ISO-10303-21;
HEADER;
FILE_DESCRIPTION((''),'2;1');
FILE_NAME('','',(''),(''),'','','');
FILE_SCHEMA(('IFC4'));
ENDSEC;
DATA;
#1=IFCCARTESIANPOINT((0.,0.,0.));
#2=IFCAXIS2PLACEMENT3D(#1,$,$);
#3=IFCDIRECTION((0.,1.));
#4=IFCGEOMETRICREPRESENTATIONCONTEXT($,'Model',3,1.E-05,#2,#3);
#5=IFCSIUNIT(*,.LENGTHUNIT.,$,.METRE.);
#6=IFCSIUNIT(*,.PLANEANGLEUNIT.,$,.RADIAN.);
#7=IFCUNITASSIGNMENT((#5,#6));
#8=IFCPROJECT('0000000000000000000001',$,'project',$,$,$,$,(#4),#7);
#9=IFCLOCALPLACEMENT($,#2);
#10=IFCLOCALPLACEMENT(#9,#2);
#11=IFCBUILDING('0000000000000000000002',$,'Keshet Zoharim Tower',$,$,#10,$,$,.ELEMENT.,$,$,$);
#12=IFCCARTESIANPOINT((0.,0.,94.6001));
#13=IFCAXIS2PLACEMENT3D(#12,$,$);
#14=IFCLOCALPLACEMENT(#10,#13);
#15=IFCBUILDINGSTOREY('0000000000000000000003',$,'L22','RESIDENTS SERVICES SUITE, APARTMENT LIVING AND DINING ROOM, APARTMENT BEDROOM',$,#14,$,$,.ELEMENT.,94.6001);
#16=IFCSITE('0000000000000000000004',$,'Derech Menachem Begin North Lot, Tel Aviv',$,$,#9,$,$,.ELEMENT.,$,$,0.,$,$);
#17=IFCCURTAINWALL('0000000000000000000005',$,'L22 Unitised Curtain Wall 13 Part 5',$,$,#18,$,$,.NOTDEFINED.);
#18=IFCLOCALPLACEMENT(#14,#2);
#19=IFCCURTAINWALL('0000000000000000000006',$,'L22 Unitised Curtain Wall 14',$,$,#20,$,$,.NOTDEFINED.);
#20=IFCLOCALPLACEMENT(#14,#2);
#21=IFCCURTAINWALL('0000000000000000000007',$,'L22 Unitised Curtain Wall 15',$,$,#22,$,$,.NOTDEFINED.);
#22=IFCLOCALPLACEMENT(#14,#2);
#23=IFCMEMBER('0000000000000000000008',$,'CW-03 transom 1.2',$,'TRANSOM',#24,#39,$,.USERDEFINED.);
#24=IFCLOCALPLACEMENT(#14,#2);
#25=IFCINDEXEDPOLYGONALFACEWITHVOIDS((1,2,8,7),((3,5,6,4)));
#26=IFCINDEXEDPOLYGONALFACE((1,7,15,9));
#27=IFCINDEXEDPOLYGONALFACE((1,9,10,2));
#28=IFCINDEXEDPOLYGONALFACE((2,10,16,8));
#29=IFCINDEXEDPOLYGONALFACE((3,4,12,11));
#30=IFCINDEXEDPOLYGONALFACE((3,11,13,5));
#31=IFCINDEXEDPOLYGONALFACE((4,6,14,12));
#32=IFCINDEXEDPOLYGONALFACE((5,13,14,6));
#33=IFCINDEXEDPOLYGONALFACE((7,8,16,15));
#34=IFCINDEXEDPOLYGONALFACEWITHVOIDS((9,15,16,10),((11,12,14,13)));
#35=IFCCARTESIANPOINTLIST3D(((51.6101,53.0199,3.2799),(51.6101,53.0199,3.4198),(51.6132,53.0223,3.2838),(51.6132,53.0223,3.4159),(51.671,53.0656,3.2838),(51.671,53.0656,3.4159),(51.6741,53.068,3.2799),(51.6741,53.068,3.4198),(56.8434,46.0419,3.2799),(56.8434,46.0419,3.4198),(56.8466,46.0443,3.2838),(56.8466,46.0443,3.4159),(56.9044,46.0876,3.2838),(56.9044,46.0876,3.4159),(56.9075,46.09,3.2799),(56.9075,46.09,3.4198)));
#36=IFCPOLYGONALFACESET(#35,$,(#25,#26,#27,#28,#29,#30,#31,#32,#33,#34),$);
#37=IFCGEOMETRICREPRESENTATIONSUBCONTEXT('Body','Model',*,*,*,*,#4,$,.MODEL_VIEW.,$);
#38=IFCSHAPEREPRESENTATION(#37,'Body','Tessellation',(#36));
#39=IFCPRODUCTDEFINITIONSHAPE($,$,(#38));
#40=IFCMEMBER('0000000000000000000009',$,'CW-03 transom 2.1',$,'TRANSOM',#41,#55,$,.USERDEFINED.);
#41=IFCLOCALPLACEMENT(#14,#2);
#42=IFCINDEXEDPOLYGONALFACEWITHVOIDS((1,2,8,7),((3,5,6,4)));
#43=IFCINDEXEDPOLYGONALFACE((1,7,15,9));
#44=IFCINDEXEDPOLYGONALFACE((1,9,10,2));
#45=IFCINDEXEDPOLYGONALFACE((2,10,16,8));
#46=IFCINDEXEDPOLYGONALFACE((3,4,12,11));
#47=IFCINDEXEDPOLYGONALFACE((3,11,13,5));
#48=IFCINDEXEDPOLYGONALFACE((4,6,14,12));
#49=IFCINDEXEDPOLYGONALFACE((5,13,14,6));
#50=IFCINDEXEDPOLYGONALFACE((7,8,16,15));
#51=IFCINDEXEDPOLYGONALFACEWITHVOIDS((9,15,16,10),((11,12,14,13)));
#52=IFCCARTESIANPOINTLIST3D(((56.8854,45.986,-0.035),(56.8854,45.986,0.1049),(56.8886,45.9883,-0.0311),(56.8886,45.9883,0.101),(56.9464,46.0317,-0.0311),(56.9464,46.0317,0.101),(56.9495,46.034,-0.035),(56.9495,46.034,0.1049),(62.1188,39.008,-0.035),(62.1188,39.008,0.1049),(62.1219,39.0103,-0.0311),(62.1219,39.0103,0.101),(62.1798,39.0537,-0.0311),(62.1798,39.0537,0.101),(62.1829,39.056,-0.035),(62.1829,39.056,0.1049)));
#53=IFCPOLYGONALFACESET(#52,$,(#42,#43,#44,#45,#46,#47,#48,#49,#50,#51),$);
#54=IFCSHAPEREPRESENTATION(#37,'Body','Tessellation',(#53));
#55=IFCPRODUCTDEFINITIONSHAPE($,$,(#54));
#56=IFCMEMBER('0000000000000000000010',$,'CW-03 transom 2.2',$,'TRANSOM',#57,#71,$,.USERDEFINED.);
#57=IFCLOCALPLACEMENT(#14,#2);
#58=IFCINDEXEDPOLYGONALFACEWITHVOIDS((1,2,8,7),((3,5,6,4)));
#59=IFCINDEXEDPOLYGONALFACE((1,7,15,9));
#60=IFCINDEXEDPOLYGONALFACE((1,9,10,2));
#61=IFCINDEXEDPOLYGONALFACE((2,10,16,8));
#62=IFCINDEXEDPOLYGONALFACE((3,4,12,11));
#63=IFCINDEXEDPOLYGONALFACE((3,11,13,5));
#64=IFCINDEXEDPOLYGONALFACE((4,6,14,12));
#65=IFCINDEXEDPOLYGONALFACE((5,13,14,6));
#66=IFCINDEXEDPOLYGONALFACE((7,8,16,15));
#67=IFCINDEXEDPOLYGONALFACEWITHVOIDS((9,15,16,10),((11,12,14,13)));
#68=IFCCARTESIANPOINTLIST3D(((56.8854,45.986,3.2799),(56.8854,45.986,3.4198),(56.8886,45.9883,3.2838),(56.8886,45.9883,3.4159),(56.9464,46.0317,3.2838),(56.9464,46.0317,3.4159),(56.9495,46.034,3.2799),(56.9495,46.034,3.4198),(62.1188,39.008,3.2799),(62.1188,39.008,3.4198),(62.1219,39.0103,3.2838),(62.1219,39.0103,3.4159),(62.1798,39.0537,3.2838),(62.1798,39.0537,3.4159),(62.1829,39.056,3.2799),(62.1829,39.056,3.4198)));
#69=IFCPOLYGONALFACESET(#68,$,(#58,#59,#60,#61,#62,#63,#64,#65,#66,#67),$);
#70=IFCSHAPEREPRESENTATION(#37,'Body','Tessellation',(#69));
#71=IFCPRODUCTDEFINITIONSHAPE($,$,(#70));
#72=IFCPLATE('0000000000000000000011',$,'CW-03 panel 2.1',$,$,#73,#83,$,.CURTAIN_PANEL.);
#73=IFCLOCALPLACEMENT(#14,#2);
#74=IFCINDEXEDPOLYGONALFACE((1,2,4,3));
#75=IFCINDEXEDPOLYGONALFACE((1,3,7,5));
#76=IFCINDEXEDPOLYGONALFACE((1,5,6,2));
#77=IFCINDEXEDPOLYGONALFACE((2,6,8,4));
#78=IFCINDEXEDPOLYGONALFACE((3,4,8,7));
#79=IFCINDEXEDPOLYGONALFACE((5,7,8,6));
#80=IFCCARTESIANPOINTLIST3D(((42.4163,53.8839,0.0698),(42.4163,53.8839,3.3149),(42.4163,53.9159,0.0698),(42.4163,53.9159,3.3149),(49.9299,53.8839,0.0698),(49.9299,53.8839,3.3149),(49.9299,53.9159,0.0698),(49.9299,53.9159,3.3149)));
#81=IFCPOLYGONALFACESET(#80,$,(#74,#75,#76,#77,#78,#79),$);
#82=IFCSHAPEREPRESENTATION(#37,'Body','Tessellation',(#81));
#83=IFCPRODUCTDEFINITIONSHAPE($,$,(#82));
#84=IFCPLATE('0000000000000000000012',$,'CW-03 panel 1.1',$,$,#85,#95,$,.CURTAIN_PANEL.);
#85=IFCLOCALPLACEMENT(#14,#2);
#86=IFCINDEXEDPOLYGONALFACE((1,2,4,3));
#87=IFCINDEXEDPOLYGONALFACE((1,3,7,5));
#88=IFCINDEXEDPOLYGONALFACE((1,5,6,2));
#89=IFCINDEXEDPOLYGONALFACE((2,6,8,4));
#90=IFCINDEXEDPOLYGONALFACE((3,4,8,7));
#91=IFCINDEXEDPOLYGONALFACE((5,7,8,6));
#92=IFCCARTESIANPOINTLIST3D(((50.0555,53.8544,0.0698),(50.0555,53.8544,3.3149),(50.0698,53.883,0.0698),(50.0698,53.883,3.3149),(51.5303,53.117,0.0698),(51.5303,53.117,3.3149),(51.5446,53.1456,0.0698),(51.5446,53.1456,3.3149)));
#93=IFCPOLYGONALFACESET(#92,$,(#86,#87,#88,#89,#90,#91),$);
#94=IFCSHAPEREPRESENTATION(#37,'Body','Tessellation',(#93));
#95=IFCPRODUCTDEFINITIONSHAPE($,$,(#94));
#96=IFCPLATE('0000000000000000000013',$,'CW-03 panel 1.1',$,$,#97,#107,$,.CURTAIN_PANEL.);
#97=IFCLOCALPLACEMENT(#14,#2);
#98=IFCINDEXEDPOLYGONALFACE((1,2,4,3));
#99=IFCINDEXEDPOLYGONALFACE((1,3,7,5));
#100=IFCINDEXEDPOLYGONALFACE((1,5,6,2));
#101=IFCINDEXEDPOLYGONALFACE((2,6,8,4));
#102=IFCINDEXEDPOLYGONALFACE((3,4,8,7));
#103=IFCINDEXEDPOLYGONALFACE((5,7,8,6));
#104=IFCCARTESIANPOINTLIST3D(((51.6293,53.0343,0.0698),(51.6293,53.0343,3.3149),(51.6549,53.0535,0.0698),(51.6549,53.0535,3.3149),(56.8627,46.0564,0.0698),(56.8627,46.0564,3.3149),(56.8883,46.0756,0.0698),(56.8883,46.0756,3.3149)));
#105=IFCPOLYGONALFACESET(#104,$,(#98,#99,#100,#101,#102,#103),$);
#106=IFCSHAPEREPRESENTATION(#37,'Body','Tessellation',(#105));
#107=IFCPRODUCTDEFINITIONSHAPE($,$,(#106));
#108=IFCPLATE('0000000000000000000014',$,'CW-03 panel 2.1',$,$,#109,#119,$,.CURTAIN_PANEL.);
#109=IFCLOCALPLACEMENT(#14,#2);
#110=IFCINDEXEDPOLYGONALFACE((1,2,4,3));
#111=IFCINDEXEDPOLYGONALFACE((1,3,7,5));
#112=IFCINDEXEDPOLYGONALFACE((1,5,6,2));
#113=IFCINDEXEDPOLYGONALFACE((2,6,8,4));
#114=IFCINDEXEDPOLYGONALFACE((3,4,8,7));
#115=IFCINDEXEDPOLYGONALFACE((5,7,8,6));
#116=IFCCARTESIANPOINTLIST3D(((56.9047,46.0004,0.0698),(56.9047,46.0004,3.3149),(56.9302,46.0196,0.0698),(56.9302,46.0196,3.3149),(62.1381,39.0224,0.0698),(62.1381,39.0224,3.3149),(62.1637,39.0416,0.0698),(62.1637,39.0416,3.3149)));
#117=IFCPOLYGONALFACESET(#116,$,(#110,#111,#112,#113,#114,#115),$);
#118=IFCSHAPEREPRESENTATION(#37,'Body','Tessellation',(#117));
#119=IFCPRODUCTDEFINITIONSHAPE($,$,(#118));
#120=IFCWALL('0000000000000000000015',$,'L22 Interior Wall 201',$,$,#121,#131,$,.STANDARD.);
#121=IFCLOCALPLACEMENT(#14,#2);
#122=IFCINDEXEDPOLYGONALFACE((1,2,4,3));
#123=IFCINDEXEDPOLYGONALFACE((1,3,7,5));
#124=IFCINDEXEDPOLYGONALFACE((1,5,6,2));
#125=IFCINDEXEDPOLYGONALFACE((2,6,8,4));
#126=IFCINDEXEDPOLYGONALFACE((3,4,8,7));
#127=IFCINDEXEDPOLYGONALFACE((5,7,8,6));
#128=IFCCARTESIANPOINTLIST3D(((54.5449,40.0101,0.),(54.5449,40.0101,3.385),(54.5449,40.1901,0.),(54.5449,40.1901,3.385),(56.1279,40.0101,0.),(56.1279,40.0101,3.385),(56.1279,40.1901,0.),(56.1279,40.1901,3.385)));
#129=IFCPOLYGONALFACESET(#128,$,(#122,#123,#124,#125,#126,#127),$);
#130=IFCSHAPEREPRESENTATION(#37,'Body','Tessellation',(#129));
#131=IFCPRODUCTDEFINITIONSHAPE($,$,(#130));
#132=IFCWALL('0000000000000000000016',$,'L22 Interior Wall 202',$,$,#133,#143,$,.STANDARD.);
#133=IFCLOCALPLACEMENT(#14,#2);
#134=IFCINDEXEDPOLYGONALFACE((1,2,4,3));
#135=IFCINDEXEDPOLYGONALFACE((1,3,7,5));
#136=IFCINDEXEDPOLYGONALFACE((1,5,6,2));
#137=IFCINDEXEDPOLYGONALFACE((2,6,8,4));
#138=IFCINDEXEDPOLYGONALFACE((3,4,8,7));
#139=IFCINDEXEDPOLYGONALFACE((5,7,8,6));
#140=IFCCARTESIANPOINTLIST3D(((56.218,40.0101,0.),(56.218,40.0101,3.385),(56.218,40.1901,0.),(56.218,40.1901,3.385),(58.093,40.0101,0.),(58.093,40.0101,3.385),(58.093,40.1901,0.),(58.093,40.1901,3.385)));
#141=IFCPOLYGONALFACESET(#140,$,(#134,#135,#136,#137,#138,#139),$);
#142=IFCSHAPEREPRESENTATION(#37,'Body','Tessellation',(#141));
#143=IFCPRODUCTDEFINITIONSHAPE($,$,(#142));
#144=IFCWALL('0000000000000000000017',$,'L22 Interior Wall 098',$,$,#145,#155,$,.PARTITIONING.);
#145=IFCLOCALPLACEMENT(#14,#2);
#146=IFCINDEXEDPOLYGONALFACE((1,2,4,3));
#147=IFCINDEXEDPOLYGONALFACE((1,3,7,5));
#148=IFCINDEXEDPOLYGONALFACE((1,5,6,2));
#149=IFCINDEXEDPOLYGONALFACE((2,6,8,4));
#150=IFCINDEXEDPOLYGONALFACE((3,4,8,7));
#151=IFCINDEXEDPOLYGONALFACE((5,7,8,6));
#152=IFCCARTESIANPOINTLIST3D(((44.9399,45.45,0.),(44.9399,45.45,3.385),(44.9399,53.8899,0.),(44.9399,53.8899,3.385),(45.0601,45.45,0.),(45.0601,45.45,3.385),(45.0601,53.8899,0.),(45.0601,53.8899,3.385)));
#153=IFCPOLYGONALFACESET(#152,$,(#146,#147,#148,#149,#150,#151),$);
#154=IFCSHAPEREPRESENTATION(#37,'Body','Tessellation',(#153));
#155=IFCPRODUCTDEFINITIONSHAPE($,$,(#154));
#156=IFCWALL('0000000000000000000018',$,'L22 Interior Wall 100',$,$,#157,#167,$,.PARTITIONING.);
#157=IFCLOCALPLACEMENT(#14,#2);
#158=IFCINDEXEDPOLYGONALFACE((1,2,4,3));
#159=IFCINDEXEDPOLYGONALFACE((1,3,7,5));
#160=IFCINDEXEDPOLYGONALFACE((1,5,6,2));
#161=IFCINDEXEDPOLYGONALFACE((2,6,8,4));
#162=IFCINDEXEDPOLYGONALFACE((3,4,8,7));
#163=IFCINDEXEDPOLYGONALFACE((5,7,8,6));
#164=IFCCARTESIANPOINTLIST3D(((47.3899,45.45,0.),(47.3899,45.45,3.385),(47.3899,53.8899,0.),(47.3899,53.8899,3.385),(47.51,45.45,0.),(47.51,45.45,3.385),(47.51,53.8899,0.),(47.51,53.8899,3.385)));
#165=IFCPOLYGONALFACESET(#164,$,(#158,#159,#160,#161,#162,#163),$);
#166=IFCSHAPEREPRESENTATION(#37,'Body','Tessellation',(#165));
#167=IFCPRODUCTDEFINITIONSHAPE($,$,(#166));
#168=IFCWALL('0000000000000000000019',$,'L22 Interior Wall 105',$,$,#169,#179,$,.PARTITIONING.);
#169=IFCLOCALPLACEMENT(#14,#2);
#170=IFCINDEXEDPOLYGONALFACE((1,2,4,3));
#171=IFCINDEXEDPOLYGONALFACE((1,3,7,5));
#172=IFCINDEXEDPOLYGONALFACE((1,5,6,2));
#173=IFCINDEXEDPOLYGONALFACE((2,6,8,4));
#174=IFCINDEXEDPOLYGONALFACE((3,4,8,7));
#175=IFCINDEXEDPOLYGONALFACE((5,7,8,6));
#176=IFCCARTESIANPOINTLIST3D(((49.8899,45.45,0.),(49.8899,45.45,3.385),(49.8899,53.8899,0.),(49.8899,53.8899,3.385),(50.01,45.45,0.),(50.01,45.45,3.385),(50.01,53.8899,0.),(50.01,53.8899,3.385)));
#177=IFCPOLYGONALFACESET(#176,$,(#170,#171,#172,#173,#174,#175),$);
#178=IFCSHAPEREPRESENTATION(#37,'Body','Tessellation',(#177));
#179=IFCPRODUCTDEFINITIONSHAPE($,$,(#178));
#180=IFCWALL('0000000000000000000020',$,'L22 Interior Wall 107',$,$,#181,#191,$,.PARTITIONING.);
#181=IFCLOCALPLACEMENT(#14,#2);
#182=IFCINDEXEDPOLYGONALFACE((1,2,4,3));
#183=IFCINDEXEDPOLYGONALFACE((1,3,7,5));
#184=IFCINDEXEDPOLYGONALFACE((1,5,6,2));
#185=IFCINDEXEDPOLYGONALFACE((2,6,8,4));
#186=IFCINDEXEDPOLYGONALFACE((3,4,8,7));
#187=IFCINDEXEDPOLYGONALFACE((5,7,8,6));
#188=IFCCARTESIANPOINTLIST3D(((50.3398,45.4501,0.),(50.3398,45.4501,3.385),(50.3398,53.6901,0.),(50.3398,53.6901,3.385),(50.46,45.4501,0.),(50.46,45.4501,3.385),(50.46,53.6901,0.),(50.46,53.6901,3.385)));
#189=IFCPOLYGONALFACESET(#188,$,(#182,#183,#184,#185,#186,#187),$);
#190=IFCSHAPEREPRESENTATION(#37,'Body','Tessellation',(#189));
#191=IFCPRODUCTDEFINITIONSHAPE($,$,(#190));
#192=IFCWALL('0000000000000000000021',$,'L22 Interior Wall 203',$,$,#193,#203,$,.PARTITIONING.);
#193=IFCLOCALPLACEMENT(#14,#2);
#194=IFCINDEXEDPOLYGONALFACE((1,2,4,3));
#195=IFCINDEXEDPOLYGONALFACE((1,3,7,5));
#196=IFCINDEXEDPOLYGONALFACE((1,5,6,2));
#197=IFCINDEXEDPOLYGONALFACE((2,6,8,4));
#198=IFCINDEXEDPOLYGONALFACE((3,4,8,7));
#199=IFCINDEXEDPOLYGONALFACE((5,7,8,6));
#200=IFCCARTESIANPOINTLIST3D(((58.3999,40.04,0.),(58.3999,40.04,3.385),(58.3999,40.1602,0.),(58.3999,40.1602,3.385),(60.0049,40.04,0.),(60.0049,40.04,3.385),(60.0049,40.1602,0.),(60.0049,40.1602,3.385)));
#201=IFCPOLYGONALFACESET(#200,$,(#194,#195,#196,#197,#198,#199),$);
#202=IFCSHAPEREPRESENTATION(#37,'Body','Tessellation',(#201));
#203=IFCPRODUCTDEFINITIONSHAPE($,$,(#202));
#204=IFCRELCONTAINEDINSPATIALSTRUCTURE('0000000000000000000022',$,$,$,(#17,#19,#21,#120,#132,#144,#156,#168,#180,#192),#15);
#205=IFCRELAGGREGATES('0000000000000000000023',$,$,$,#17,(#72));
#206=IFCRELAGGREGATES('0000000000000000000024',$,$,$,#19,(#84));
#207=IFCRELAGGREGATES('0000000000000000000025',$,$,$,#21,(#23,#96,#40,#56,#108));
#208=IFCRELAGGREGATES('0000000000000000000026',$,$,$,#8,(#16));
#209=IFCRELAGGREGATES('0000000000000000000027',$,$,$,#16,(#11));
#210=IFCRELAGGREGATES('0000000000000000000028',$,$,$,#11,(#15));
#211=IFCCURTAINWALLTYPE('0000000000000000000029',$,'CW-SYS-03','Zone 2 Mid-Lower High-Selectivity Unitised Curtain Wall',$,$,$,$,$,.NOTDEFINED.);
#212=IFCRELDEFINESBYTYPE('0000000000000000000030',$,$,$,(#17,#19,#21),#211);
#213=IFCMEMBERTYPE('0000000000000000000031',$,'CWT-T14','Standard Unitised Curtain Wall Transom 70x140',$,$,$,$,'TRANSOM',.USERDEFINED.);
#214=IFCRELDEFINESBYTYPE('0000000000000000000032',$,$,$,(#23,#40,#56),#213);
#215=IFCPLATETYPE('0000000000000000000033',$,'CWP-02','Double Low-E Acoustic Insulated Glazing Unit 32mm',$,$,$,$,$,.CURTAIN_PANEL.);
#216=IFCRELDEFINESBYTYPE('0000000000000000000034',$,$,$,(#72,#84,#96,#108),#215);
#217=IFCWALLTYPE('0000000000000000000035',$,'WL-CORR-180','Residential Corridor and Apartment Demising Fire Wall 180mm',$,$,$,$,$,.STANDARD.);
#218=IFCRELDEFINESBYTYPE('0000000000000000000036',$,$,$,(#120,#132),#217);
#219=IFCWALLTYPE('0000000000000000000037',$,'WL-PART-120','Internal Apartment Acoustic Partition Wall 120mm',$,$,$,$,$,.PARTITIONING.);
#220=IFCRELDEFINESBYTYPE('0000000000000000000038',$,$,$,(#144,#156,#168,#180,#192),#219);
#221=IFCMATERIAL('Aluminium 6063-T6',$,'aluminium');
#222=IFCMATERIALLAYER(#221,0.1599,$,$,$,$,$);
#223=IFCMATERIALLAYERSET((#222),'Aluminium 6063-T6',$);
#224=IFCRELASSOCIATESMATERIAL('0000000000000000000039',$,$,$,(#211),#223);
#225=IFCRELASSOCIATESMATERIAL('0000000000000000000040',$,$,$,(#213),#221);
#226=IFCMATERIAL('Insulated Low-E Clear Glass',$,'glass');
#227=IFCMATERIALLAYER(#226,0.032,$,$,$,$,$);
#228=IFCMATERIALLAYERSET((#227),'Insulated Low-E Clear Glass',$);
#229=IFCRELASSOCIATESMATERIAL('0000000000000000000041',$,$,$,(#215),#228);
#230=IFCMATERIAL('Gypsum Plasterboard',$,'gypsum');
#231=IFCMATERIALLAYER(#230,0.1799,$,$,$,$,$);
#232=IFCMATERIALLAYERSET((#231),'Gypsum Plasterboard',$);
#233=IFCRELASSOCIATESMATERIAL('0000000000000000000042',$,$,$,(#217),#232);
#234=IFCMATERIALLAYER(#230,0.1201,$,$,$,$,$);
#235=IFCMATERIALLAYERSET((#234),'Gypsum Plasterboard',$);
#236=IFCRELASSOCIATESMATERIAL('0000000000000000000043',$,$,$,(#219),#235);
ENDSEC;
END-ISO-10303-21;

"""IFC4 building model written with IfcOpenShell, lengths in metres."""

from ifc_helpers import new_model, si_unit, direction, frame, frame_2d, origin, origin_2d, place, context, subcontext, project, spatial, rectangle, hollow_rectangle, extrude, material, layer, layer_set, material_profile, profile_set, type_object, element, aggregate, save


model = new_model("IFC4")

# Units and contexts
model_context = context("Model", 3, precision=1e-05, world=origin(), true_north=direction((0.0, 1.0)))
body_context = subcontext(model_context, "Body", "Model", "MODEL_VIEW")
ifc_project = project(units=[si_unit("LENGTHUNIT", "METRE"), si_unit("PLANEANGLEUNIT", "RADIAN")], contexts=[model_context])

# Site, building, storey
site_placement = place(None, origin())
site = spatial("IfcSite", under=ifc_project, at=site_placement, Name="Derech Menachem Begin North Lot, Tel Aviv", CompositionType="ELEMENT", RefElevation=0.0)
building_placement = place(site_placement, origin())
building = spatial("IfcBuilding", under=site, at=building_placement, Name="Keshet Zoharim Tower", CompositionType="ELEMENT")
storey_placement = place(building_placement, frame((0.0, 0.0, 94.6001)))
storey = spatial("IfcBuildingStorey", under=building, at=storey_placement, Name="L22", Description="RESIDENTS SERVICES SUITE, APARTMENT LIVING AND DINING ROOM, APARTMENT BEDROOM", CompositionType="ELEMENT", Elevation=94.6001)

# Curtain wall
ifc_material_1 = material(Name="Aluminium 6063-T6", Category="aluminium")
ifc_layer_1 = layer(ifc_material_1, 0.1599)
ifc_layer_set_1 = layer_set([ifc_layer_1], Name="Aluminium 6063-T6")
curtain_wall_type = type_object("IfcCurtainWallType", Name="CW-SYS-03", Description="Zone 2 Mid-Lower High-Selectivity Unitised Curtain Wall", PredefinedType="NOTDEFINED", material=ifc_layer_set_1)
curtain_wall_1_placement = place(storey_placement, origin())
curtain_wall_1 = element("IfcCurtainWall", 1, at=curtain_wall_1_placement, inside=storey, type_object=curtain_wall_type, Name="L22 Unitised Curtain Wall 13 Part 5", PredefinedType="NOTDEFINED")

# Curtain walls
curtain_wall_2_placement = place(storey_placement, origin())
curtain_wall_2 = element("IfcCurtainWall", 2, at=curtain_wall_2_placement, inside=storey, type_object=curtain_wall_type, Name="L22 Unitised Curtain Wall 14", PredefinedType="NOTDEFINED")
curtain_wall_3_placement = place(storey_placement, origin())
curtain_wall_3 = element("IfcCurtainWall", 3, at=curtain_wall_3_placement, inside=storey, type_object=curtain_wall_type, Name="L22 Unitised Curtain Wall 15", PredefinedType="NOTDEFINED")

# Members
ifc_material_profile_1 = material_profile(ifc_material_1, hollow_rectangle(XDim=0.0801, YDim=0.1399, WallThickness=0.0039, at=origin_2d()), Name="TRN-80x140")
ifc_profile_set_1 = profile_set([ifc_material_profile_1], Name="Aluminium 6063-T6")
member_type_1 = type_object("IfcMemberType", Name="CWT-T14", Description="Standard Unitised Curtain Wall Transom 70x140", ElementType="TRANSOM", PredefinedType="USERDEFINED", material=ifc_profile_set_1)
member_1_placement = place(storey_placement, frame((51.6421, 53.0439, 3.3499), z_axis=(0.599991, -0.800007, 0.0), x_axis=(0.800007, 0.599991, 0.0)))
member_1 = element("IfcMember", 4, at=member_1_placement, type_object=member_type_1, Name="CW-03 transom 1.2", ObjectType="TRANSOM", PredefinedType="USERDEFINED", context=body_context, shape_type="SweptSolid", body=[
    extrude(hollow_rectangle(XDim=0.0801, YDim=0.1399, WallThickness=0.0039, at=origin_2d()), origin(), (0.0, 0.0, 1.0), 8.7224),
])
member_2_placement = place(storey_placement, frame((56.9175, 46.01, 0.0349), z_axis=(0.599991, -0.800007, 0.0), x_axis=(0.800007, 0.599991, 0.0)))
member_2 = element("IfcMember", 5, at=member_2_placement, type_object=member_type_1, Name="CW-03 transom 2.1", ObjectType="TRANSOM", PredefinedType="USERDEFINED", context=body_context, shape_type="SweptSolid", body=[
    extrude(hollow_rectangle(XDim=0.0801, YDim=0.1399, WallThickness=0.0039, at=origin_2d()), origin(), (0.0, 0.0, 1.0), 8.7224),
])
member_3_placement = place(storey_placement, frame((56.9175, 46.01, 3.3499), z_axis=(0.599991, -0.800007, 0.0), x_axis=(0.800007, 0.599991, 0.0)))
member_3 = element("IfcMember", 6, at=member_3_placement, type_object=member_type_1, Name="CW-03 transom 2.2", ObjectType="TRANSOM", PredefinedType="USERDEFINED", context=body_context, shape_type="SweptSolid", body=[
    extrude(hollow_rectangle(XDim=0.0801, YDim=0.1399, WallThickness=0.0039, at=origin_2d()), origin(), (0.0, 0.0, 1.0), 8.7224),
])

# Plates
ifc_material_2 = material(Name="Insulated Low-E Clear Glass", Category="glass")
ifc_layer_2 = layer(ifc_material_2, 0.032)
ifc_layer_set_2 = layer_set([ifc_layer_2], Name="Insulated Low-E Clear Glass")
plate_type = type_object("IfcPlateType", Name="CWP-02", Description="Double Low-E Acoustic Insulated Glazing Unit 32mm", PredefinedType="CURTAIN_PANEL", material=ifc_layer_set_2)
plate_1_placement = place(storey_placement, frame((46.1731, 53.8999, 0.0698), z_axis=(0.0, 0.0, 1.0), x_axis=(1.0, 0.0, 0.0)))
plate_1 = element("IfcPlate", 7, at=plate_1_placement, type_object=plate_type, Name="CW-03 panel 2.1", PredefinedType="CURTAIN_PANEL", context=body_context, shape_type="SweptSolid", body=[
    extrude(rectangle(XDim=7.5137, YDim=0.032, at=origin_2d()), origin(), (0.0, 0.0, 1.0), 3.2451),
])
aggregate(curtain_wall_1, [plate_1])
plate_2_placement = place(storey_placement, frame((50.8, 53.5, 0.0698), z_axis=(0.0, 0.0, 1.0), x_axis=(0.894427, -0.447214, 0.0)))
plate_2 = element("IfcPlate", 8, at=plate_2_placement, type_object=plate_type, Name="CW-03 panel 1.1", PredefinedType="CURTAIN_PANEL", context=body_context, shape_type="SweptSolid", body=[
    extrude(rectangle(XDim=1.6489, YDim=0.032, at=origin_2d()), origin(), (0.0, 0.0, 1.0), 3.2451),
])
aggregate(curtain_wall_2, [plate_2])
plate_3_placement = place(storey_placement, frame((54.2588, 49.5549, 0.0698), z_axis=(0.0, 0.0, 1.0), x_axis=(0.6, -0.8, 0.0)))
plate_3 = element("IfcPlate", 9, at=plate_3_placement, type_object=plate_type, Name="CW-03 panel 1.1", PredefinedType="CURTAIN_PANEL", context=body_context, shape_type="SweptSolid", body=[
    extrude(rectangle(XDim=8.7224, YDim=0.032, at=origin_2d()), origin(), (0.0, 0.0, 1.0), 3.2451),
])
plate_4_placement = place(storey_placement, frame((59.5342, 42.521, 0.0698), z_axis=(0.0, 0.0, 1.0), x_axis=(0.6, -0.8, 0.0)))
plate_4 = element("IfcPlate", 10, at=plate_4_placement, type_object=plate_type, Name="CW-03 panel 2.1", PredefinedType="CURTAIN_PANEL", context=body_context, shape_type="SweptSolid", body=[
    extrude(rectangle(XDim=8.7224, YDim=0.032, at=origin_2d()), origin(), (0.0, 0.0, 1.0), 3.2451),
])
aggregate(curtain_wall_3, [member_1, plate_3, member_2, member_3, plate_4])

# Walls
ifc_material_3 = material(Name="Gypsum Plasterboard", Category="gypsum")
ifc_layer_3 = layer(ifc_material_3, 0.1799)
ifc_layer_set_3 = layer_set([ifc_layer_3], Name="Gypsum Plasterboard")
wall_type_1 = type_object("IfcWallType", Name="WL-CORR-180", Description="Residential Corridor and Apartment Demising Fire Wall 180mm", PredefinedType="STANDARD", material=ifc_layer_set_3)
wall_1_placement = place(storey_placement, frame((54.5449, 40.1001, 0.0), z_axis=(0.0, 0.0, 1.0), x_axis=(1.0, 0.0, 0.0)))
element("IfcWall", 11, at=wall_1_placement, inside=storey, type_object=wall_type_1, Name="L22 Interior Wall 201", PredefinedType="STANDARD", context=body_context, shape_type="SweptSolid", body=[
    extrude(rectangle(XDim=1.583, YDim=0.1799, at=frame_2d((0.7915, 0.0))), origin(), (0.0, 0.0, 1.0), 3.385),
])
wall_2_placement = place(storey_placement, frame((56.218, 40.1001, 0.0), z_axis=(0.0, 0.0, 1.0), x_axis=(1.0, 0.0, 0.0)))
element("IfcWall", 12, at=wall_2_placement, inside=storey, type_object=wall_type_1, Name="L22 Interior Wall 202", PredefinedType="STANDARD", context=body_context, shape_type="SweptSolid", body=[
    extrude(rectangle(XDim=1.875, YDim=0.1799, at=frame_2d((0.9375, 0.0))), origin(), (0.0, 0.0, 1.0), 3.385),
])
ifc_layer_4 = layer(ifc_material_3, 0.1201)
ifc_layer_set_4 = layer_set([ifc_layer_4], Name="Gypsum Plasterboard")
wall_type_2 = type_object("IfcWallType", Name="WL-PART-120", Description="Internal Apartment Acoustic Partition Wall 120mm", PredefinedType="PARTITIONING", material=ifc_layer_set_4)
for number, where, z_axis, x_axis, name in (
    (13, (45.0, 45.45, 0.0), (0.0, 0.0, 1.0), (0.0, 1.0, 0.0), "L22 Interior Wall 098"),
    (14, (47.45, 45.45, 0.0), (0.0, 0.0, 1.0), (0.0, 1.0, 0.0), "L22 Interior Wall 100"),
    (15, (49.95, 45.45, 0.0), (0.0, 0.0, 1.0), (0.0, 1.0, 0.0), "L22 Interior Wall 105"),
):
    element("IfcWall", number, at=place(storey_placement, frame(where, z_axis=z_axis, x_axis=x_axis)), inside=storey, type_object=wall_type_2, Name=name, PredefinedType="PARTITIONING", context=body_context, shape_type="SweptSolid", body=[
        extrude(rectangle(XDim=8.4399, YDim=0.1201, at=frame_2d((4.22, 0.0))), origin(), (0.0, 0.0, 1.0), 3.385),
    ])
wall_3_placement = place(storey_placement, frame((50.3999, 45.45, 0.0), z_axis=(0.0, 0.0, 1.0), x_axis=(0.0, 1.0, 0.0)))
element("IfcWall", 16, at=wall_3_placement, inside=storey, type_object=wall_type_2, Name="L22 Interior Wall 107", PredefinedType="PARTITIONING", context=body_context, shape_type="SweptSolid", body=[
    extrude(rectangle(XDim=8.24, YDim=0.1201, at=frame_2d((4.1201, 0.0))), origin(), (0.0, 0.0, 1.0), 3.385),
])
wall_4_placement = place(storey_placement, frame((58.3999, 40.1001, 0.0), z_axis=(0.0, 0.0, 1.0), x_axis=(1.0, 0.0, 0.0)))
element("IfcWall", 17, at=wall_4_placement, inside=storey, type_object=wall_type_2, Name="L22 Interior Wall 203", PredefinedType="PARTITIONING", context=body_context, shape_type="SweptSolid", body=[
    extrude(rectangle(XDim=1.605, YDim=0.1201, at=frame_2d((0.8025, 0.0))), origin(), (0.0, 0.0, 1.0), 3.385),
])

save(model, "model.ifc")
